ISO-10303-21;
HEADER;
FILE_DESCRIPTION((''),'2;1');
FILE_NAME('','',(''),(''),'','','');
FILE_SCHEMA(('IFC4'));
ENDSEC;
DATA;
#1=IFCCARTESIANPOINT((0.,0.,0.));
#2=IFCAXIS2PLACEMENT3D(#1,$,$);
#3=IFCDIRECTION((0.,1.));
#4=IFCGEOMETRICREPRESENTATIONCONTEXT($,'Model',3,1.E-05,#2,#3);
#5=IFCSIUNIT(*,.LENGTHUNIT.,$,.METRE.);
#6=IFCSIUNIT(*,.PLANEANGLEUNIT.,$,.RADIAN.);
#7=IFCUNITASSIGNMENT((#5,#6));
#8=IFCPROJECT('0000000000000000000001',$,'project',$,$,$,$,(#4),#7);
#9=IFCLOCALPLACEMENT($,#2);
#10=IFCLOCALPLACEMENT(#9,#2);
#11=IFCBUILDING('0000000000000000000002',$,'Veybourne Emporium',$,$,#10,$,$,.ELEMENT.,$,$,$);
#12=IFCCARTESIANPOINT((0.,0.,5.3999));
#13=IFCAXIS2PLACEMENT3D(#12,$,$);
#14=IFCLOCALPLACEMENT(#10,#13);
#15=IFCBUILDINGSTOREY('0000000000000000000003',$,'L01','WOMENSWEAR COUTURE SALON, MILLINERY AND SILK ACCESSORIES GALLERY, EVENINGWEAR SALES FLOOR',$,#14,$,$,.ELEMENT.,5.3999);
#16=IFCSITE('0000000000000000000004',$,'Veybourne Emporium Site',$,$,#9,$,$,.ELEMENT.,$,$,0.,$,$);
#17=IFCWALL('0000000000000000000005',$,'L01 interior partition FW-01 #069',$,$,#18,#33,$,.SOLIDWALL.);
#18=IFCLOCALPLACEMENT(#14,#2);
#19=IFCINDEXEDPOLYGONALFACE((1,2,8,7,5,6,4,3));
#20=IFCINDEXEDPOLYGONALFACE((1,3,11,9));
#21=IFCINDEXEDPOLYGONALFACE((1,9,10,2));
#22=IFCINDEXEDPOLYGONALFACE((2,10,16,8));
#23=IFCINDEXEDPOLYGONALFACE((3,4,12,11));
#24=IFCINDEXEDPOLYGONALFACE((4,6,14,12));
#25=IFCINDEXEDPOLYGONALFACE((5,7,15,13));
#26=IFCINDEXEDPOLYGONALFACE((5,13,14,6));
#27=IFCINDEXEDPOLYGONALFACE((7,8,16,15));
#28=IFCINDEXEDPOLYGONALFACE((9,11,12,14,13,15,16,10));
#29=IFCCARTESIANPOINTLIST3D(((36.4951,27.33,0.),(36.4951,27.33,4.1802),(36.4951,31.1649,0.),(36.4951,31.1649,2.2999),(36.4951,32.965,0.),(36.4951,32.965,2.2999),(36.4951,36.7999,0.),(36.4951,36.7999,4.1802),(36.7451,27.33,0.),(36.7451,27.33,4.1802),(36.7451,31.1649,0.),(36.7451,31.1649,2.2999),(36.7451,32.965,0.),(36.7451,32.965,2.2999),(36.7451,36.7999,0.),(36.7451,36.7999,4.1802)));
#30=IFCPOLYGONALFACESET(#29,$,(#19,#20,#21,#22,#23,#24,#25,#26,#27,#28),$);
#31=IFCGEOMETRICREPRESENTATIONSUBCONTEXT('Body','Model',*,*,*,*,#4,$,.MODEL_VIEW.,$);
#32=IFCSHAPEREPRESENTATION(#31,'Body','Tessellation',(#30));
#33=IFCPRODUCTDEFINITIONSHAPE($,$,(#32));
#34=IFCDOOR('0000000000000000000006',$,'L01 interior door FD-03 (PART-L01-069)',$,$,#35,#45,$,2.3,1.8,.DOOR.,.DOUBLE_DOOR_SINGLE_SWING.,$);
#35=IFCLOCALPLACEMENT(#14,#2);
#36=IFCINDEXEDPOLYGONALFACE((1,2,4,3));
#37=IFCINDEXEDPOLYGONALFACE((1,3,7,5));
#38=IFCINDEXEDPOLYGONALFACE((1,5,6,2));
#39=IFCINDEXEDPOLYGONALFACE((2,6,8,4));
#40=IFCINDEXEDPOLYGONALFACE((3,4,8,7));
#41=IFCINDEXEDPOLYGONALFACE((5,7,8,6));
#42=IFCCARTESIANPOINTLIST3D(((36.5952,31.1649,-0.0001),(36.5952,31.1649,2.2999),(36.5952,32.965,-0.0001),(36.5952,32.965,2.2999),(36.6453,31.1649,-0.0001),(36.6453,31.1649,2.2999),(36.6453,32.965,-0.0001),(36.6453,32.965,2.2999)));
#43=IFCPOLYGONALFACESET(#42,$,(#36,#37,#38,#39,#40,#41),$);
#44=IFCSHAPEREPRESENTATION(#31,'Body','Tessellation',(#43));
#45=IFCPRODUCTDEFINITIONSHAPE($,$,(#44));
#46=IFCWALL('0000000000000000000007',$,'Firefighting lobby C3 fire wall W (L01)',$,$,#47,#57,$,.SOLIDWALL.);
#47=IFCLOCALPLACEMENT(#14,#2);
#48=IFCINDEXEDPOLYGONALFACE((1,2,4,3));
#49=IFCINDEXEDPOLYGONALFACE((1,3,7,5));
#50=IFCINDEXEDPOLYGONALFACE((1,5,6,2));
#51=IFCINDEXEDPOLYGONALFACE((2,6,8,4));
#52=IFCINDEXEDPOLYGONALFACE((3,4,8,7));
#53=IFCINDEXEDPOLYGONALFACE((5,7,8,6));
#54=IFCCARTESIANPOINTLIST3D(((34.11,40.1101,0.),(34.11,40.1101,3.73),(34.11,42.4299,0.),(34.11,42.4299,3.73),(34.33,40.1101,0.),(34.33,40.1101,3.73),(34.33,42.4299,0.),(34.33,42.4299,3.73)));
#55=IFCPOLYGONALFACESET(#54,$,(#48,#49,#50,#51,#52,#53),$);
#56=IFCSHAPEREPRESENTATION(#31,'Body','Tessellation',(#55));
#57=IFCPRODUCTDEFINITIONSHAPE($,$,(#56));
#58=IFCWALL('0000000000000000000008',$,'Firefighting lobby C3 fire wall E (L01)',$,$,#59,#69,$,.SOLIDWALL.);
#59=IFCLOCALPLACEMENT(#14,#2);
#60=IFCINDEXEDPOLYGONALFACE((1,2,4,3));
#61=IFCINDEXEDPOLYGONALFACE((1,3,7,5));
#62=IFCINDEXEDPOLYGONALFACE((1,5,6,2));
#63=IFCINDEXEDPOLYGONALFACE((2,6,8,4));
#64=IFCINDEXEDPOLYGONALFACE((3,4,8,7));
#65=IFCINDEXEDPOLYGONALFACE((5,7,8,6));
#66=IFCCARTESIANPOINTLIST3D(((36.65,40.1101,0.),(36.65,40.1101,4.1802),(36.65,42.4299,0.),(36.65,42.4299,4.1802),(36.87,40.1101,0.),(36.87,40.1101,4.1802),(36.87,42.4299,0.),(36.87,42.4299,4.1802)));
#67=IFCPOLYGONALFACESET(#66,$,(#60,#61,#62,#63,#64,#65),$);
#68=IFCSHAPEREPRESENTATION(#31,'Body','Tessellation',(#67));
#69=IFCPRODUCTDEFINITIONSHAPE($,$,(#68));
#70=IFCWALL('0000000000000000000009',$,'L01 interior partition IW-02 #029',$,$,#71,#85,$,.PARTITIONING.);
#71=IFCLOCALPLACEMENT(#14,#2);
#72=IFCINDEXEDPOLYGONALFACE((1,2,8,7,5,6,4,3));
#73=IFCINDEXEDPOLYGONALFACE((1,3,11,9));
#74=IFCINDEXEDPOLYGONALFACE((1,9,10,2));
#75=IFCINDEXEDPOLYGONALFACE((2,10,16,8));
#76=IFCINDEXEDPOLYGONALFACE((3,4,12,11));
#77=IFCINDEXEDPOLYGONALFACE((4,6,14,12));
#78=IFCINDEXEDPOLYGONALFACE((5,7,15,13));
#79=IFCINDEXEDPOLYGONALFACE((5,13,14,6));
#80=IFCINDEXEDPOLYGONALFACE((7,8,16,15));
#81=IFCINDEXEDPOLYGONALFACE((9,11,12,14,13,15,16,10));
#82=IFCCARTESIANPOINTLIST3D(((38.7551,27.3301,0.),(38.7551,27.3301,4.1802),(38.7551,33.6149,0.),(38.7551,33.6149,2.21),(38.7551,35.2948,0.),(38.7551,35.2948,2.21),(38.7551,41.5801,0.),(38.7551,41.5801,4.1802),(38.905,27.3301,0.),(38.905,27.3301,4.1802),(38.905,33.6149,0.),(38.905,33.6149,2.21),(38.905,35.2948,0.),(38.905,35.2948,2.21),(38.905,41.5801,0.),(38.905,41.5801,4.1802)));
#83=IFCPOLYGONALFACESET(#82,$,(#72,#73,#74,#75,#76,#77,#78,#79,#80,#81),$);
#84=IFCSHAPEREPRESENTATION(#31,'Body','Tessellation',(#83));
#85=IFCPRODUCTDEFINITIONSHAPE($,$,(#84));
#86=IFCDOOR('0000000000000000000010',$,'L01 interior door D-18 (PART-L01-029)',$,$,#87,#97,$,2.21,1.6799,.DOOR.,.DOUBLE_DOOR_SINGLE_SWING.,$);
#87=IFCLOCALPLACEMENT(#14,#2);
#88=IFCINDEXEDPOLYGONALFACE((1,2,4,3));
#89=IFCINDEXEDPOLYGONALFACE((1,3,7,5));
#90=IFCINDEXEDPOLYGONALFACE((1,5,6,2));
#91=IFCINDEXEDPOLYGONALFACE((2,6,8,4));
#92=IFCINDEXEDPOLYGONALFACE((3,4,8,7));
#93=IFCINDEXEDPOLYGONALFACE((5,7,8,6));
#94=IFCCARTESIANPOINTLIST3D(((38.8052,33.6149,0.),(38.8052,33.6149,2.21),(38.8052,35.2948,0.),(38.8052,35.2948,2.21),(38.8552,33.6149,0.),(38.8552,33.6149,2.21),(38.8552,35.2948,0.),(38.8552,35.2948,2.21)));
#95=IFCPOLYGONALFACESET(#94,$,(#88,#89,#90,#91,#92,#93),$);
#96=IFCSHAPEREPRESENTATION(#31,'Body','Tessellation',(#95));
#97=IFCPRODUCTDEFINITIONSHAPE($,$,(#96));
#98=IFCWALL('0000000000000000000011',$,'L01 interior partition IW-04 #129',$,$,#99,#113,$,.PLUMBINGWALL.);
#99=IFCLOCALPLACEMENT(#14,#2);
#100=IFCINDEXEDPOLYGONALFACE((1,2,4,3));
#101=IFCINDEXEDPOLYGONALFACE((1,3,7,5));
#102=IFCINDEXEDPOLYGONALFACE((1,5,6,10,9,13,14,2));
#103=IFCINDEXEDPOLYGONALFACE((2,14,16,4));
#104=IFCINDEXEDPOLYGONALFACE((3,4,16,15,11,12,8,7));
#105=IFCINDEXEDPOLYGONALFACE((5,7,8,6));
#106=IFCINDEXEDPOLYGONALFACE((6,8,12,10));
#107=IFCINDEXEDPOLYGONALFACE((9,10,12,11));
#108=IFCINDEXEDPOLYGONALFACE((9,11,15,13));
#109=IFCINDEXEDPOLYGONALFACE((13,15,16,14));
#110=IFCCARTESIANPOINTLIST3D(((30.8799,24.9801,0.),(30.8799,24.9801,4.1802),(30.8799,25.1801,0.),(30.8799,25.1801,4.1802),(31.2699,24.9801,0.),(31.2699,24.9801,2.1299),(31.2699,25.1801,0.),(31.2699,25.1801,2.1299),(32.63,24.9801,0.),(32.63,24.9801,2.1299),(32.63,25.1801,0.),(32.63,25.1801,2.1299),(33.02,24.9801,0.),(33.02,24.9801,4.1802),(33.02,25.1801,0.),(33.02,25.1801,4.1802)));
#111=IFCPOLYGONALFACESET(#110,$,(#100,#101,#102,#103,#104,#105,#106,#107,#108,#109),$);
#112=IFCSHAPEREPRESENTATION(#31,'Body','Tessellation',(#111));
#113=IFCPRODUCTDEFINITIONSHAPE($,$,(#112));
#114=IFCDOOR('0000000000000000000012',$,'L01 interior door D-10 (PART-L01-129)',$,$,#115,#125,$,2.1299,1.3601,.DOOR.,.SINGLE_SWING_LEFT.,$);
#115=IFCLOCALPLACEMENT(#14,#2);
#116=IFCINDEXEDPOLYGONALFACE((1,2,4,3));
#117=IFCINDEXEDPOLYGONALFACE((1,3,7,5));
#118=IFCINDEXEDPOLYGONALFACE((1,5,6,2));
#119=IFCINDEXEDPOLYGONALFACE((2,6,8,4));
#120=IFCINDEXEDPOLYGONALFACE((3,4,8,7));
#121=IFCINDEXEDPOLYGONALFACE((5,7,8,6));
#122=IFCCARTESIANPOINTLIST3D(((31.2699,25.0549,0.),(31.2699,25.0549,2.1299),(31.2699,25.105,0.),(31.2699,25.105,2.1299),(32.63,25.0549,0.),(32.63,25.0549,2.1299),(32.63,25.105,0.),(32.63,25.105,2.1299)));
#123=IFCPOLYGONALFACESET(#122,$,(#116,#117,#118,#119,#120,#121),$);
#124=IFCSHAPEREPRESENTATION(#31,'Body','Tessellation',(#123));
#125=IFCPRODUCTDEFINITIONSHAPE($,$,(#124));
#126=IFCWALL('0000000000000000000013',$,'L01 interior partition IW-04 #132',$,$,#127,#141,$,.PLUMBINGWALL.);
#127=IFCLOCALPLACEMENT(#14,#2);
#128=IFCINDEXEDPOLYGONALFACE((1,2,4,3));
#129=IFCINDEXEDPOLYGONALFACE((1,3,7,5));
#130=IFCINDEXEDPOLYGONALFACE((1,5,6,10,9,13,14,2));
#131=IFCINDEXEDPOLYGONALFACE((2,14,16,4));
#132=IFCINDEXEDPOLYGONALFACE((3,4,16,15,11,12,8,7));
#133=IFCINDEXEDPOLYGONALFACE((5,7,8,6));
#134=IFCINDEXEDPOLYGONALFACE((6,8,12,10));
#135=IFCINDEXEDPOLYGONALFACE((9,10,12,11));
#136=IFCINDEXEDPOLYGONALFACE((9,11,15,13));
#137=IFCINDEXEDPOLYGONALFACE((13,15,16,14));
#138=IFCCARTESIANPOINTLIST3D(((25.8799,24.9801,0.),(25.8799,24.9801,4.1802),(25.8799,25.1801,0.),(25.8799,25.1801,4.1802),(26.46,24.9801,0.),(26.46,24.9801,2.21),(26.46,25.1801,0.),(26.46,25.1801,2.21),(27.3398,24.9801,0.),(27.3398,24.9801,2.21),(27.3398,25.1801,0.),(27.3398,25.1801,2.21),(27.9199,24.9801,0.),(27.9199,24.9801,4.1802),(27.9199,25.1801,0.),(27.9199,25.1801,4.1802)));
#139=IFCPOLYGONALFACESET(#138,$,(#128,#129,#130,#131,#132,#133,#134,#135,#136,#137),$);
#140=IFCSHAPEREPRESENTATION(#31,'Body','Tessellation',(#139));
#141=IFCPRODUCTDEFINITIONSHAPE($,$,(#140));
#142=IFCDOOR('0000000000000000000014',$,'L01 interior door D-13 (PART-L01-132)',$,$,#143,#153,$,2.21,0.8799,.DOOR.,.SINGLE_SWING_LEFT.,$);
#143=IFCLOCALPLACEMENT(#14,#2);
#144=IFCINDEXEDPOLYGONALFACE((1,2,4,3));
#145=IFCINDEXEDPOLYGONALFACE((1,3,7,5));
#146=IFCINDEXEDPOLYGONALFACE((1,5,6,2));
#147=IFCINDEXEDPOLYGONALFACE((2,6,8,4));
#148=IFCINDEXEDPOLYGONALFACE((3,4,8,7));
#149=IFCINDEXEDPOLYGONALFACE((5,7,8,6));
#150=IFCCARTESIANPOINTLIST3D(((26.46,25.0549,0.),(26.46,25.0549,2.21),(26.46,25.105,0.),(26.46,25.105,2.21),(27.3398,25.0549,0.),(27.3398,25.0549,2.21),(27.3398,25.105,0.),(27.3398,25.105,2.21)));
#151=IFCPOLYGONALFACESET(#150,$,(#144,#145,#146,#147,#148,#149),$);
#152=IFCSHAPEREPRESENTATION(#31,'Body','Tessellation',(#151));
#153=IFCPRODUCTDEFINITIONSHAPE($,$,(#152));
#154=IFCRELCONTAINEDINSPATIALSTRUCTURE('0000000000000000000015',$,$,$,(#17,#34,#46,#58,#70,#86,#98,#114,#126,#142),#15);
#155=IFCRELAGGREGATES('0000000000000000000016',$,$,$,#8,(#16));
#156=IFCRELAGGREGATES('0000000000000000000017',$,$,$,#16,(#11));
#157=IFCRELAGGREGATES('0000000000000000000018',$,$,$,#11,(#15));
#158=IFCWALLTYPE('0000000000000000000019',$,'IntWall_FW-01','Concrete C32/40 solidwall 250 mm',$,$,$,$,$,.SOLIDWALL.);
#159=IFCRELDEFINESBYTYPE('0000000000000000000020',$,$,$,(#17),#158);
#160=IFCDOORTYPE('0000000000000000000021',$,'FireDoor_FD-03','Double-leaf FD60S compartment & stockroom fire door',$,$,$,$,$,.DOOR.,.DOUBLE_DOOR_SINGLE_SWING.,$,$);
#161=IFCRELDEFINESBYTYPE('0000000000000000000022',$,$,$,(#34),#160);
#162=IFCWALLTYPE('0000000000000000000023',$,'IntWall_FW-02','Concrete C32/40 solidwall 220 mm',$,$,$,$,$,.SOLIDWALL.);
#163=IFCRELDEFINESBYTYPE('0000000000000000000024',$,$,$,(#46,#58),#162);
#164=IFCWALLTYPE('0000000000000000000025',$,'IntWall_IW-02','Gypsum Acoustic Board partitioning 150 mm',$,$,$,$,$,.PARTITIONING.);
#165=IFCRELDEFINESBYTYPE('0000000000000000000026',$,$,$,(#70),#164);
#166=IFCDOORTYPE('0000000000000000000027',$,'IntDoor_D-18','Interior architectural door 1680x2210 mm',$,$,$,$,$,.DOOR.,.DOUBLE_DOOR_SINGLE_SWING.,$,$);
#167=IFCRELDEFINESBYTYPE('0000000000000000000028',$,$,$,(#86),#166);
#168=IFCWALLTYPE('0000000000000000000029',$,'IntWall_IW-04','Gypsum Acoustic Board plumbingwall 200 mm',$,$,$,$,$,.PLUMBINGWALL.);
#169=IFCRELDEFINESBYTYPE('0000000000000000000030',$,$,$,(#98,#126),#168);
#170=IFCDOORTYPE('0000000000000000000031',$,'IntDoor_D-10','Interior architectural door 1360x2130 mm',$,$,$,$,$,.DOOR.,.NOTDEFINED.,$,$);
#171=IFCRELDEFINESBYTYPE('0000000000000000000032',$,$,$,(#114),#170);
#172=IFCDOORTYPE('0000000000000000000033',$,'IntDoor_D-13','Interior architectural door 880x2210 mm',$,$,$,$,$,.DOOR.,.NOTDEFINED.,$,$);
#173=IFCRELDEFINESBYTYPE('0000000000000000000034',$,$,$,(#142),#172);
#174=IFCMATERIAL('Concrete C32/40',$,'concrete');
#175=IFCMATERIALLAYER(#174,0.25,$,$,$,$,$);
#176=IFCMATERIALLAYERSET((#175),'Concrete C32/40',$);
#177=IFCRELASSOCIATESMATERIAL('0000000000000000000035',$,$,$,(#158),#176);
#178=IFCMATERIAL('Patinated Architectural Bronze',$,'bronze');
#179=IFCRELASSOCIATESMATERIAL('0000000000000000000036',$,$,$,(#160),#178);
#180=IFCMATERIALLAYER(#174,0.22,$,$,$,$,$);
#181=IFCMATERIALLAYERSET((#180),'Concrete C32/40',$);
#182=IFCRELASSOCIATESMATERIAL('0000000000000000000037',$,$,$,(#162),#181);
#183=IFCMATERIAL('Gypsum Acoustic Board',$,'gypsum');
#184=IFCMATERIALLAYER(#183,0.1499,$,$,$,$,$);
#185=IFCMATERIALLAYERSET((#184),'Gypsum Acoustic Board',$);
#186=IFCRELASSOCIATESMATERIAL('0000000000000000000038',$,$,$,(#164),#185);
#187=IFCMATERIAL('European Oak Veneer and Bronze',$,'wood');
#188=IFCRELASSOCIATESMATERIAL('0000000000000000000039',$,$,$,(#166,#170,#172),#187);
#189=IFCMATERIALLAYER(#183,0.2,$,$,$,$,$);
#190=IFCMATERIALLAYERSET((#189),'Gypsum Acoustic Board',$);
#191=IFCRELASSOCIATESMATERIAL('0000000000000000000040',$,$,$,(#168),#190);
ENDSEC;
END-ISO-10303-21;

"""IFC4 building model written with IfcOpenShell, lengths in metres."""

from ifc_helpers import new_model, si_unit, direction, frame, frame_2d, origin, place, context, subcontext, project, spatial, rectangle, extrude, material, layer, layer_set, type_object, element, fill, save


model = new_model("IFC4")

# Units and contexts
model_context = context("Model", 3, precision=1e-05, world=origin(), true_north=direction((0.0, 1.0)))
body_context = subcontext(model_context, "Body", "Model", "MODEL_VIEW")
ifc_project = project(units=[si_unit("LENGTHUNIT", "METRE"), si_unit("PLANEANGLEUNIT", "RADIAN")], contexts=[model_context])

# Site, building, storey
site_placement = place(None, origin())
site = spatial("IfcSite", under=ifc_project, at=site_placement, Name="Veybourne Emporium Site", CompositionType="ELEMENT", RefElevation=0.0)
building_placement = place(site_placement, origin())
building = spatial("IfcBuilding", under=site, at=building_placement, Name="Veybourne Emporium", CompositionType="ELEMENT")
storey_placement = place(building_placement, frame((0.0, 0.0, 5.3999)))
storey = spatial("IfcBuildingStorey", under=building, at=storey_placement, Name="L01", Description="WOMENSWEAR COUTURE SALON, MILLINERY AND SILK ACCESSORIES GALLERY, EVENINGWEAR SALES FLOOR", CompositionType="ELEMENT", Elevation=5.3999)

# Shared definitions
ifc_material_1 = material(Name="Concrete C32/40", Category="concrete")

# Shared definitions
ifc_material_2 = material(Name="Patinated Architectural Bronze", Category="bronze")

# Wall, opening, door
ifc_layer_1 = layer(ifc_material_1, 0.25)
ifc_layer_set_1 = layer_set([ifc_layer_1], Name="Concrete C32/40")
wall_type_1 = type_object("IfcWallType", Name="IntWall_FW-01", Description="Concrete C32/40 solidwall 250 mm", PredefinedType="SOLIDWALL", material=ifc_layer_set_1)
wall_1_placement = place(storey_placement, frame((36.6201, 27.3301, 0.0), z_axis=(0.0, 0.0, 1.0), x_axis=(0.0, 1.0, 0.0)))
wall_1 = element("IfcWall", 1, at=wall_1_placement, inside=storey, type_object=wall_type_1, Name="L01 interior partition FW-01 #069", PredefinedType="SOLIDWALL", context=body_context, shape_type="SweptSolid", body=[
    extrude(rectangle(XDim=9.47, YDim=0.25, at=frame_2d((4.7349, 0.0))), origin(), (0.0, 0.0, 1.0), 4.1802),
])
opening_1_placement = place(wall_1_placement, frame((3.835, 0.0, 0.0)))
opening_1 = element("IfcOpeningElement", 2, at=opening_1_placement, cuts=wall_1, PredefinedType="OPENING", context=body_context, shape_type="SweptSolid", body=[
    extrude(rectangle(XDim=1.8, YDim=2.3, at=frame_2d((0.8999, 1.1499))), frame((0.0, 0.145, 0.0), z_axis=(0.0, -1.0, 0.0), x_axis=(1.0, 0.0, 0.0)), (0.0, 0.0, 1.0), 0.29),
])
door_type_1 = type_object("IfcDoorType", Name="FireDoor_FD-03", Description="Double-leaf FD60S compartment & stockroom fire door", OperationType="DOUBLE_DOOR_SINGLE_SWING", PredefinedType="DOOR", material=ifc_material_2)
door_1_placement = place(opening_1_placement, origin())
door_1 = element("IfcDoor", 3, at=door_1_placement, inside=storey, type_object=door_type_1, Name="L01 interior door FD-03 (PART-L01-069)", OperationType="DOUBLE_DOOR_SINGLE_SWING", OverallHeight=2.3, OverallWidth=1.8, PredefinedType="DOOR", context=body_context, shape_type="SweptSolid", body=[
    extrude(rectangle(XDim=1.8, YDim=2.3, at=frame_2d((0.8999, 1.1499))), frame((0.0, 0.0249, 0.0), z_axis=(0.0, -1.0, 0.0), x_axis=(1.0, 0.0, 0.0)), (0.0, 0.0, 1.0), 0.05),
])
fill(opening_1, door_1)

# Walls
ifc_layer_2 = layer(ifc_material_1, 0.22)
ifc_layer_set_2 = layer_set([ifc_layer_2], Name="Concrete C32/40")
wall_type_2 = type_object("IfcWallType", Name="IntWall_FW-02", Description="Concrete C32/40 solidwall 220 mm", PredefinedType="SOLIDWALL", material=ifc_layer_set_2)
wall_2_placement = place(storey_placement, frame((34.22, 40.1101, 0.0), z_axis=(0.0, 0.0, 1.0), x_axis=(0.0, 1.0, 0.0)))
element("IfcWall", 4, at=wall_2_placement, inside=storey, type_object=wall_type_2, Name="Firefighting lobby C3 fire wall W (L01)", PredefinedType="SOLIDWALL", context=body_context, shape_type="SweptSolid", body=[
    extrude(rectangle(XDim=2.3198, YDim=0.22, at=frame_2d((1.1599, 0.0))), origin(), (0.0, 0.0, 1.0), 3.73),
])
wall_3_placement = place(storey_placement, frame((36.76, 40.1101, 0.0), z_axis=(0.0, 0.0, 1.0), x_axis=(0.0, 1.0, 0.0)))
element("IfcWall", 5, at=wall_3_placement, inside=storey, type_object=wall_type_2, Name="Firefighting lobby C3 fire wall E (L01)", PredefinedType="SOLIDWALL", context=body_context, shape_type="SweptSolid", body=[
    extrude(rectangle(XDim=2.3198, YDim=0.22, at=frame_2d((1.1599, 0.0))), origin(), (0.0, 0.0, 1.0), 4.1802),
])

# Walls, openings, doors
ifc_material_3 = material(Name="Gypsum Acoustic Board", Category="gypsum")
ifc_layer_3 = layer(ifc_material_3, 0.1499)
ifc_layer_set_3 = layer_set([ifc_layer_3], Name="Gypsum Acoustic Board")
wall_type_3 = type_object("IfcWallType", Name="IntWall_IW-02", Description="Gypsum Acoustic Board partitioning 150 mm", PredefinedType="PARTITIONING", material=ifc_layer_set_3)
wall_4_placement = place(storey_placement, frame((38.8301, 27.3301, 0.0), z_axis=(0.0, 0.0, 1.0), x_axis=(0.0, 1.0, 0.0)))
wall_4 = element("IfcWall", 6, at=wall_4_placement, inside=storey, type_object=wall_type_3, Name="L01 interior partition IW-02 #029", PredefinedType="PARTITIONING", context=body_context, shape_type="SweptSolid", body=[
    extrude(rectangle(XDim=14.25, YDim=0.1499, at=frame_2d((7.125, 0.0))), origin(), (0.0, 0.0, 1.0), 4.1802),
])
opening_2_placement = place(wall_4_placement, frame((6.2849, 0.0, 0.0)))
opening_2 = element("IfcOpeningElement", 7, at=opening_2_placement, cuts=wall_4, PredefinedType="OPENING", context=body_context, shape_type="SweptSolid", body=[
    extrude(rectangle(XDim=1.6799, YDim=2.21, at=frame_2d((0.8398, 1.105))), frame((0.0, 0.095, 0.0), z_axis=(0.0, -1.0, 0.0), x_axis=(1.0, 0.0, 0.0)), (0.0, 0.0, 1.0), 0.1899),
])
ifc_material_4 = material(Name="European Oak Veneer and Bronze", Category="wood")
door_type_2 = type_object("IfcDoorType", Name="IntDoor_D-18", Description="Interior architectural door 1680x2210 mm", OperationType="DOUBLE_DOOR_SINGLE_SWING", PredefinedType="DOOR", material=ifc_material_4)
door_2_placement = place(opening_2_placement, origin())
door_2 = element("IfcDoor", 8, at=door_2_placement, inside=storey, type_object=door_type_2, Name="L01 interior door D-18 (PART-L01-029)", OperationType="DOUBLE_DOOR_SINGLE_SWING", OverallHeight=2.21, OverallWidth=1.6799, PredefinedType="DOOR", context=body_context, shape_type="SweptSolid", body=[
    extrude(rectangle(XDim=1.6799, YDim=2.21, at=frame_2d((0.8398, 1.105))), frame((0.0, 0.0249, 0.0), z_axis=(0.0, -1.0, 0.0), x_axis=(1.0, 0.0, 0.0)), (0.0, 0.0, 1.0), 0.05),
])
fill(opening_2, door_2)
ifc_layer_4 = layer(ifc_material_3, 0.2)
ifc_layer_set_4 = layer_set([ifc_layer_4], Name="Gypsum Acoustic Board")
wall_type_4 = type_object("IfcWallType", Name="IntWall_IW-04", Description="Gypsum Acoustic Board plumbingwall 200 mm", PredefinedType="PLUMBINGWALL", material=ifc_layer_set_4)
wall_5_placement = place(storey_placement, frame((30.8799, 25.0801, 0.0), z_axis=(0.0, 0.0, 1.0), x_axis=(1.0, 0.0, 0.0)))
wall_5 = element("IfcWall", 9, at=wall_5_placement, inside=storey, type_object=wall_type_4, Name="L01 interior partition IW-04 #129", PredefinedType="PLUMBINGWALL", context=body_context, shape_type="SweptSolid", body=[
    extrude(rectangle(XDim=2.1401, YDim=0.2, at=frame_2d((1.0701, 0.0))), origin(), (0.0, 0.0, 1.0), 4.1802),
])
opening_3_placement = place(wall_5_placement, frame((0.3899, 0.0, 0.0)))
opening_3 = element("IfcOpeningElement", 10, at=opening_3_placement, cuts=wall_5, PredefinedType="OPENING", context=body_context, shape_type="SweptSolid", body=[
    extrude(rectangle(XDim=1.3601, YDim=2.1299, at=frame_2d((0.6802, 1.0649))), frame((0.0, 0.1201, 0.0), z_axis=(0.0, -1.0, 0.0), x_axis=(1.0, 0.0, 0.0)), (0.0, 0.0, 1.0), 0.24),
])
door_type_3 = type_object("IfcDoorType", Name="IntDoor_D-10", Description="Interior architectural door 1360x2130 mm", OperationType="NOTDEFINED", PredefinedType="DOOR", material=ifc_material_4)
door_3_placement = place(opening_3_placement, origin())
door_3 = element("IfcDoor", 11, at=door_3_placement, inside=storey, type_object=door_type_3, Name="L01 interior door D-10 (PART-L01-129)", OperationType="SINGLE_SWING_LEFT", OverallHeight=2.1299, OverallWidth=1.3601, PredefinedType="DOOR", context=body_context, shape_type="SweptSolid", body=[
    extrude(rectangle(XDim=1.3601, YDim=2.1299, at=frame_2d((0.6802, 1.0649))), frame((0.0, 0.0249, 0.0), z_axis=(0.0, -1.0, 0.0), x_axis=(1.0, 0.0, 0.0)), (0.0, 0.0, 1.0), 0.05),
])
fill(opening_3, door_3)
wall_6_placement = place(storey_placement, frame((25.8799, 25.0801, 0.0), z_axis=(0.0, 0.0, 1.0), x_axis=(1.0, 0.0, 0.0)))
wall_6 = element("IfcWall", 12, at=wall_6_placement, inside=storey, type_object=wall_type_4, Name="L01 interior partition IW-04 #132", PredefinedType="PLUMBINGWALL", context=body_context, shape_type="SweptSolid", body=[
    extrude(rectangle(XDim=2.04, YDim=0.2, at=frame_2d((1.02, 0.0))), origin(), (0.0, 0.0, 1.0), 4.1802),
])
opening_4_placement = place(wall_6_placement, frame((0.5801, 0.0, 0.0)))
opening_4 = element("IfcOpeningElement", 13, at=opening_4_placement, cuts=wall_6, PredefinedType="OPENING", context=body_context, shape_type="SweptSolid", body=[
    extrude(rectangle(XDim=0.8799, YDim=2.21, at=frame_2d((0.4399, 1.105))), frame((0.0, 0.1201, 0.0), z_axis=(0.0, -1.0, 0.0), x_axis=(1.0, 0.0, 0.0)), (0.0, 0.0, 1.0), 0.24),
])
door_type_4 = type_object("IfcDoorType", Name="IntDoor_D-13", Description="Interior architectural door 880x2210 mm", OperationType="NOTDEFINED", PredefinedType="DOOR", material=ifc_material_4)
door_4_placement = place(opening_4_placement, origin())
door_4 = element("IfcDoor", 14, at=door_4_placement, inside=storey, type_object=door_type_4, Name="L01 interior door D-13 (PART-L01-132)", OperationType="SINGLE_SWING_LEFT", OverallHeight=2.21, OverallWidth=0.8799, PredefinedType="DOOR", context=body_context, shape_type="SweptSolid", body=[
    extrude(rectangle(XDim=0.8799, YDim=2.21, at=frame_2d((0.4399, 1.105))), frame((0.0, 0.0249, 0.0), z_axis=(0.0, -1.0, 0.0), x_axis=(1.0, 0.0, 0.0)), (0.0, 0.0, 1.0), 0.05),
])
fill(opening_4, door_4)

save(model, "model.ifc")
